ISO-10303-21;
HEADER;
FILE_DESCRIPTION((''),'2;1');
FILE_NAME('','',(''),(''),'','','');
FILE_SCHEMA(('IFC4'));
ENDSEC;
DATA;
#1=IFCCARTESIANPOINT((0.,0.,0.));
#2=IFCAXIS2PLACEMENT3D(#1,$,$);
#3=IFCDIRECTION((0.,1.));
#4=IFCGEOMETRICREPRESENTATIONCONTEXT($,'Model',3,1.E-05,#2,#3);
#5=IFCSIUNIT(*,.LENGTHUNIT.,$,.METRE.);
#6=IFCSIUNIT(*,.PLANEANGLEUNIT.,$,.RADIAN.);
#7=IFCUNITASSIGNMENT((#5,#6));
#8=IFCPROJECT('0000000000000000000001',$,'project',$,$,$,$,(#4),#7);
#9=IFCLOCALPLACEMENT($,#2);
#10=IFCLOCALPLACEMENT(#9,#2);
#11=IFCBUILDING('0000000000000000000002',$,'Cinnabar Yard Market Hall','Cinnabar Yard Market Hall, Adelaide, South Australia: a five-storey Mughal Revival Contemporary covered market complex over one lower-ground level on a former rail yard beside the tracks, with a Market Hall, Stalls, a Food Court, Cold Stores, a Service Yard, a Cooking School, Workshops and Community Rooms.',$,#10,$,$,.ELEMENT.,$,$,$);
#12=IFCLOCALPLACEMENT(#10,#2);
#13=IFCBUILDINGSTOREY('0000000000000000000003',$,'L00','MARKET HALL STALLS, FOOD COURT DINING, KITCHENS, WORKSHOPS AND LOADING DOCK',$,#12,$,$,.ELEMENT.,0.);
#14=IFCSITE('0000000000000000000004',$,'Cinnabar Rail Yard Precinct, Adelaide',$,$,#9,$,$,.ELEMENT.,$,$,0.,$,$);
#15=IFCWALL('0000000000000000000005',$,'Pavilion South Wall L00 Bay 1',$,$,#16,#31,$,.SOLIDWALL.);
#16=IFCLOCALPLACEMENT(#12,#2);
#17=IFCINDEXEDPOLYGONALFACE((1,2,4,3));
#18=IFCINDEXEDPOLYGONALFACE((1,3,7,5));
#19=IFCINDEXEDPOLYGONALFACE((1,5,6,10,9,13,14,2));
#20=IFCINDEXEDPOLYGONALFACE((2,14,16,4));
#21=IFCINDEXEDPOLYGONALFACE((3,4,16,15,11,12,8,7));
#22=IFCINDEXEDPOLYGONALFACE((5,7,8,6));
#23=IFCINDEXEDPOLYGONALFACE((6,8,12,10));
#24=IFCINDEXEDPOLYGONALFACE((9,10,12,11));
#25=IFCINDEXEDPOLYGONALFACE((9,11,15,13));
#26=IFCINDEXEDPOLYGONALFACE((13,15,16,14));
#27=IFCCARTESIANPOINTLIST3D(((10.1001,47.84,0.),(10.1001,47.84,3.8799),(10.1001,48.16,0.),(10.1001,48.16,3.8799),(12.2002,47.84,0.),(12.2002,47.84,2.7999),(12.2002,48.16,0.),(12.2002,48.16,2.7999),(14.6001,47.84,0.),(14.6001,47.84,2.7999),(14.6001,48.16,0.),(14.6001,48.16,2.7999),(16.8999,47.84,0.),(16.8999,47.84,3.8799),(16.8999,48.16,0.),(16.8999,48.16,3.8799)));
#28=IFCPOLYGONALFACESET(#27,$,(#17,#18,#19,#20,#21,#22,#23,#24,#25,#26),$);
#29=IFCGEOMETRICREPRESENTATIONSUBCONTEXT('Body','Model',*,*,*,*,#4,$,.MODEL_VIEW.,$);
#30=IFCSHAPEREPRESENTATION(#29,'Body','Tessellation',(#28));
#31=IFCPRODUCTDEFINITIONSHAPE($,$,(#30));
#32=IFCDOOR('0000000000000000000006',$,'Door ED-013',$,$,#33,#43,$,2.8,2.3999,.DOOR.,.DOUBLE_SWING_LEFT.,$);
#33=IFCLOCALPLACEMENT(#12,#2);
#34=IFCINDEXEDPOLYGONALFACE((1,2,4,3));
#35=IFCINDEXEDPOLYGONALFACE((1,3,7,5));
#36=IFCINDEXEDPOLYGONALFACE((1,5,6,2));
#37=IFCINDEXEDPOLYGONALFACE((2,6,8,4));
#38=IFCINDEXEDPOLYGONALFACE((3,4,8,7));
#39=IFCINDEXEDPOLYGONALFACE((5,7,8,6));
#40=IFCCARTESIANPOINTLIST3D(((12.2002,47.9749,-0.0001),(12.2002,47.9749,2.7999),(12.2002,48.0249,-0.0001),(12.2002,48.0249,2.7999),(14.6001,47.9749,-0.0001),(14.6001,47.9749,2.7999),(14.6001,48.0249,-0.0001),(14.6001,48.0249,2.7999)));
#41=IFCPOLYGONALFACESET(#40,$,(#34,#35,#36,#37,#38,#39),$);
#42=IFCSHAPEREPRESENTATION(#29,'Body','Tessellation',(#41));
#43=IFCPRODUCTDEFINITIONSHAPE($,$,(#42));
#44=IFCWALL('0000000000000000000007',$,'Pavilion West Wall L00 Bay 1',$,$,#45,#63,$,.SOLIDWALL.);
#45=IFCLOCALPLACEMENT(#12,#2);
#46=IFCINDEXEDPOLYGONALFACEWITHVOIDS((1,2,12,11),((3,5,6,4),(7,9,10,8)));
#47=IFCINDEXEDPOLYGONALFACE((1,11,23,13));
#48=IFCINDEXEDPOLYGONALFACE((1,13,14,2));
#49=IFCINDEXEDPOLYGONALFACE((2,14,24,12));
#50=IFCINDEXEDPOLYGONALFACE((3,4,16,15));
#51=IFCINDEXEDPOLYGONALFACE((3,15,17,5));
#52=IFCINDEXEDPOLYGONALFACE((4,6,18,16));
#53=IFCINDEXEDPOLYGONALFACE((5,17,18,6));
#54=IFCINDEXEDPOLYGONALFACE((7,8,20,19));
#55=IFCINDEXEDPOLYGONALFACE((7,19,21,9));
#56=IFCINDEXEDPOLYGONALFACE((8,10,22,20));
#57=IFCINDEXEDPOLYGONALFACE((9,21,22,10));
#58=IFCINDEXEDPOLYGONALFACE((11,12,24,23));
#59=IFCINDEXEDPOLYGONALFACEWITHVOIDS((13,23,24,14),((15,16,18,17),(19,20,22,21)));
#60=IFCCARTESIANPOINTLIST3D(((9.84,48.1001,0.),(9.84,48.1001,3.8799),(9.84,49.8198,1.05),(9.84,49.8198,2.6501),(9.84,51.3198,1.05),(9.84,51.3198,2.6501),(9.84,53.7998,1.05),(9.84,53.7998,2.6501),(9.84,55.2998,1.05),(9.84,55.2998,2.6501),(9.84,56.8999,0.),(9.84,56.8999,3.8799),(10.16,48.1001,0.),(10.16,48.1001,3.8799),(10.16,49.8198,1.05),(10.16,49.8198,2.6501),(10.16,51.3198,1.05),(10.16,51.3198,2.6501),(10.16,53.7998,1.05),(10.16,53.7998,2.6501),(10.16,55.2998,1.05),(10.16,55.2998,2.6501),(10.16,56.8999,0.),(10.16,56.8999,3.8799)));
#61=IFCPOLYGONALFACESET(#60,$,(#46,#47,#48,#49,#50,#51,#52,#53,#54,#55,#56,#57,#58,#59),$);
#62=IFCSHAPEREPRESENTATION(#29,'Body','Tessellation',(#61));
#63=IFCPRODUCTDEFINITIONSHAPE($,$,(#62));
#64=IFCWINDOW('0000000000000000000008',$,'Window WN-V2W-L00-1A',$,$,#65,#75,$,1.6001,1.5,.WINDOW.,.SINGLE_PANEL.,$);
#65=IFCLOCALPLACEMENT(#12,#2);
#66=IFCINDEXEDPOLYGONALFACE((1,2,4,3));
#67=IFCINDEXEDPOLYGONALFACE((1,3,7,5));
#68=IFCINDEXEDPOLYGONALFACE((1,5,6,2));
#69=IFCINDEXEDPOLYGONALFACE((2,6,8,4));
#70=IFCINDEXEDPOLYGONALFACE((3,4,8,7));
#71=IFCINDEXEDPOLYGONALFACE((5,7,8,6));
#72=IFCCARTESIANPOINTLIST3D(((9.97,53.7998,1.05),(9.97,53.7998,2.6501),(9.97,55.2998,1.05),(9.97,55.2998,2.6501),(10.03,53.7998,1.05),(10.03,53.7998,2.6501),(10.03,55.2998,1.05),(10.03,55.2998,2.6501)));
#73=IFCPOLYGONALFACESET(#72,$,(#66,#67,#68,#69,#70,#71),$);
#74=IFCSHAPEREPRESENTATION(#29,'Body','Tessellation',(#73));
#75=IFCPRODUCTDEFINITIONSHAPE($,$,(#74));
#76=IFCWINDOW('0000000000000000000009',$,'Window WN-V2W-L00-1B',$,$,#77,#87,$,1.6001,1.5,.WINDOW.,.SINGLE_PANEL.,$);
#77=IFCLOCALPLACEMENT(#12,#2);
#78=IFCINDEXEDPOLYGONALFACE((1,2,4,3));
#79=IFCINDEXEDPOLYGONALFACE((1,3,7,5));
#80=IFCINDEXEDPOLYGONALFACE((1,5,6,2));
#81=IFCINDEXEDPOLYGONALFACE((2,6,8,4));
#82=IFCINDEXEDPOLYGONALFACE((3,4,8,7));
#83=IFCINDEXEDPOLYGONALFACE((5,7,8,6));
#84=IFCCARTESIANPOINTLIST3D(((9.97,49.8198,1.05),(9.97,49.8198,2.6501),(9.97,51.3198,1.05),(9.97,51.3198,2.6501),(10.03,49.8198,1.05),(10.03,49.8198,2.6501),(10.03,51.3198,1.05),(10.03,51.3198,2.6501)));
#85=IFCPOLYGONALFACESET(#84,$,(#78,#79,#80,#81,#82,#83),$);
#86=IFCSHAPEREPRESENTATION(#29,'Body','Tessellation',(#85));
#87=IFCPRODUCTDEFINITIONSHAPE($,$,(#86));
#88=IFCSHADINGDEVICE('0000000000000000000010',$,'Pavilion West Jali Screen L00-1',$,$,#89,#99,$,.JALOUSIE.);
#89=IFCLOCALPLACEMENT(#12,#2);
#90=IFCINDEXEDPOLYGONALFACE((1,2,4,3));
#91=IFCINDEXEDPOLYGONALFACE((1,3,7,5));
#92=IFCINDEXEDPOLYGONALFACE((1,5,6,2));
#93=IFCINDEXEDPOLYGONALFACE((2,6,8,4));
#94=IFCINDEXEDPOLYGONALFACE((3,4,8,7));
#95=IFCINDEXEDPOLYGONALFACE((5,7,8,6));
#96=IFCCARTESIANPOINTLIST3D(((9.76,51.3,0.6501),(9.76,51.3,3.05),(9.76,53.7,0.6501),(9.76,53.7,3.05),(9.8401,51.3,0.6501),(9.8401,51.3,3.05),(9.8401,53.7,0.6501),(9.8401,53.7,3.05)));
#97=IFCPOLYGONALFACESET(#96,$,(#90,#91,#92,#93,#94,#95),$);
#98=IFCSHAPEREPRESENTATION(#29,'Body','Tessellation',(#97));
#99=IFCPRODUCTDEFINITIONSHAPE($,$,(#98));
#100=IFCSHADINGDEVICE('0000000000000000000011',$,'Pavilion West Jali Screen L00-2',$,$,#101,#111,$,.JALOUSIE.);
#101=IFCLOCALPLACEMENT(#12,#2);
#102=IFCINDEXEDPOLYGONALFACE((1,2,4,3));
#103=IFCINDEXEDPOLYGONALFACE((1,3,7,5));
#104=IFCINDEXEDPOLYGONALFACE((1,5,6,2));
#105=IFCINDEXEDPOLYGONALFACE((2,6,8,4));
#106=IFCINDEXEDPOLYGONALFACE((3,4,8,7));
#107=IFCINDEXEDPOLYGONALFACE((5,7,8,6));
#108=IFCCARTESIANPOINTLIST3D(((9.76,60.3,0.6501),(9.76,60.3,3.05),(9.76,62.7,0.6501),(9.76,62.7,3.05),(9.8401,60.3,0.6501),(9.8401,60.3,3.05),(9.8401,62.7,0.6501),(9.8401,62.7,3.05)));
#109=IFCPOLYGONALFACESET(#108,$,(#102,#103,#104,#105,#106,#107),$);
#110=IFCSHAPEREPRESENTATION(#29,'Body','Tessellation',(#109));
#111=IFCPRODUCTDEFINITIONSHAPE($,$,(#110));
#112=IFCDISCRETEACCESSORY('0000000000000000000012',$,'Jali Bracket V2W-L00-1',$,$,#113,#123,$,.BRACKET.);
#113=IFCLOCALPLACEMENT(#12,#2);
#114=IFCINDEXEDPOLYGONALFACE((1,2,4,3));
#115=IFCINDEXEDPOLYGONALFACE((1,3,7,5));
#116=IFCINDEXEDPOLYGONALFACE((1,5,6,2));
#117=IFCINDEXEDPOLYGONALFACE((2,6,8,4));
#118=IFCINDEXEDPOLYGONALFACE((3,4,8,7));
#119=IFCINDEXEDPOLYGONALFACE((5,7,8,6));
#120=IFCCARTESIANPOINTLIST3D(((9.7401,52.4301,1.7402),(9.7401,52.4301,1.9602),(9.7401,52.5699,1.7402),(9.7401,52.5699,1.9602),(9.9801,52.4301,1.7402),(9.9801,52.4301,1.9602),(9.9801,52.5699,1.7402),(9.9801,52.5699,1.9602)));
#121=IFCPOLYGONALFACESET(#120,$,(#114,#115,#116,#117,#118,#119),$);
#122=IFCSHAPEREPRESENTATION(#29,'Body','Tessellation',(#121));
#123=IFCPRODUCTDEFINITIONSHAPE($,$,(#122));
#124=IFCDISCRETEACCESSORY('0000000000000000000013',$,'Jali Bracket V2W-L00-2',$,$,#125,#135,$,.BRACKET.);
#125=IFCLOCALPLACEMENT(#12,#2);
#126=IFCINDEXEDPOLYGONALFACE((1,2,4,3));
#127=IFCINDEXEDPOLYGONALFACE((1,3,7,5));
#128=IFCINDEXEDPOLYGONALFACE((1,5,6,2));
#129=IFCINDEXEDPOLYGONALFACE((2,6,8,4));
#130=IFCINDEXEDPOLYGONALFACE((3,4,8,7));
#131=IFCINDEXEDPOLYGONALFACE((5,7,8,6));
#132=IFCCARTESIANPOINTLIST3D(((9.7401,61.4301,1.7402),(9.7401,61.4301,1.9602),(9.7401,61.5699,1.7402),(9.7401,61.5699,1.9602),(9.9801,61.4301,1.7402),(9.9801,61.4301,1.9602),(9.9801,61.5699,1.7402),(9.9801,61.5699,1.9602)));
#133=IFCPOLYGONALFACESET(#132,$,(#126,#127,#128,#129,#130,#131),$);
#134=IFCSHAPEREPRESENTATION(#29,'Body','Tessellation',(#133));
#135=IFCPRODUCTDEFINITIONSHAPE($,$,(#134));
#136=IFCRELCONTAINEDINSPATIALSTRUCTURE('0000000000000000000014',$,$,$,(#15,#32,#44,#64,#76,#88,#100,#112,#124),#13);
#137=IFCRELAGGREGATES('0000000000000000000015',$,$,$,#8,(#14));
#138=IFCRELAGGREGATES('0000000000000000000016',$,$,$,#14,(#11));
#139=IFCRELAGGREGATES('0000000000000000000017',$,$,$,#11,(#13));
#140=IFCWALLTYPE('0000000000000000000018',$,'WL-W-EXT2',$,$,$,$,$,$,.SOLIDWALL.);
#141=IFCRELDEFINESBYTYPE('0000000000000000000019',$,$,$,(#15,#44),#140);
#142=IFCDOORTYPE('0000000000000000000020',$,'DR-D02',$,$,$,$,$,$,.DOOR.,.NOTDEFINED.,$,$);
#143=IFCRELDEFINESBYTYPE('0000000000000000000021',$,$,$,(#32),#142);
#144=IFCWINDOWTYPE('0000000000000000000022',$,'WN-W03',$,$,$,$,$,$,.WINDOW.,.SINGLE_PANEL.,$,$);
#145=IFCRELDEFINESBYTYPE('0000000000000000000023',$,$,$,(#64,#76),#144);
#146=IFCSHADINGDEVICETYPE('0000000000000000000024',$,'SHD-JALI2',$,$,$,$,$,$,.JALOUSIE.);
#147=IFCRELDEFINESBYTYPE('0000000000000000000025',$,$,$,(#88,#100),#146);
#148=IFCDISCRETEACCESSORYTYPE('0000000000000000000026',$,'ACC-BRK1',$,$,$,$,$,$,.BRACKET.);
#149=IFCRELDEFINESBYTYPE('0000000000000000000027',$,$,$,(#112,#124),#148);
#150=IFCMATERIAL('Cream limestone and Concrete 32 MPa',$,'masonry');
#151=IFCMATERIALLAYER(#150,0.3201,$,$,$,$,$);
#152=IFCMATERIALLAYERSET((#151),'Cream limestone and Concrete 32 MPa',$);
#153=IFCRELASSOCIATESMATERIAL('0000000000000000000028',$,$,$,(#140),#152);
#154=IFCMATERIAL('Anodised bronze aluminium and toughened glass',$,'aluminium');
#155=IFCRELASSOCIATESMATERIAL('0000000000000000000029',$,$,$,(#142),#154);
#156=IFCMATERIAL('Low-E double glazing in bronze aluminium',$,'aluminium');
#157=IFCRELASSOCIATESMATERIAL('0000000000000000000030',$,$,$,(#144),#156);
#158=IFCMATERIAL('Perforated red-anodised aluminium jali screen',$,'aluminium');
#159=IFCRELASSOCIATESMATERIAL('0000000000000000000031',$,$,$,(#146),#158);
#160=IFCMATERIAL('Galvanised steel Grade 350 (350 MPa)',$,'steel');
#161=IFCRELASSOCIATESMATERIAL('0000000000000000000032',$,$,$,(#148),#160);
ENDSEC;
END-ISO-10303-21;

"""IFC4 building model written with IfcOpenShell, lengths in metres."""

from ifc_helpers import new_model, si_unit, direction, frame, frame_2d, origin, origin_2d_with_axis, place, context, subcontext, project, spatial, rectangle, extrude, material, layer, layer_set, type_object, element, fill, save


model = new_model("IFC4")

# Units and contexts
model_context = context("Model", 3, precision=1e-05, world=origin(), true_north=direction((0.0, 1.0)))
body_context = subcontext(model_context, "Body", "Model", "MODEL_VIEW")
ifc_project = project(units=[si_unit("LENGTHUNIT", "METRE"), si_unit("PLANEANGLEUNIT", "RADIAN")], contexts=[model_context])

# Site, building, storey
site_placement = place(None, origin())
site = spatial("IfcSite", under=ifc_project, at=site_placement, Name="Cinnabar Rail Yard Precinct, Adelaide", CompositionType="ELEMENT", RefElevation=0.0)
building_placement = place(site_placement, origin())
building = spatial("IfcBuilding", under=site, at=building_placement, Name="Cinnabar Yard Market Hall", Description="Cinnabar Yard Market Hall, Adelaide, South Australia: a five-storey Mughal Revival Contemporary covered market complex over one lower-ground level on a former rail yard beside the tracks, with a Market Hall, Stalls, a Food Court, Cold Stores, a Service Yard, a Cooking School, Workshops and Community Rooms.", CompositionType="ELEMENT")
storey_placement = place(building_placement, origin())
storey = spatial("IfcBuildingStorey", under=building, at=storey_placement, Name="L00", Description="MARKET HALL STALLS, FOOD COURT DINING, KITCHENS, WORKSHOPS AND LOADING DOCK", CompositionType="ELEMENT", Elevation=0.0)

# Wall, opening, door
ifc_material_1 = material(Name="Cream limestone and Concrete 32 MPa", Category="masonry")
ifc_layer_1 = layer(ifc_material_1, 0.3201)
ifc_layer_set_1 = layer_set([ifc_layer_1], Name="Cream limestone and Concrete 32 MPa")
wall_type_1 = type_object("IfcWallType", Name="WL-W-EXT2", PredefinedType="SOLIDWALL", material=ifc_layer_set_1)
wall_1_placement = place(storey_placement, frame((10.1001, 48.0, 0.0), z_axis=(0.0, 0.0, 1.0), x_axis=(1.0, 0.0, 0.0)))
wall_1 = element("IfcWall", 1, at=wall_1_placement, inside=storey, type_object=wall_type_1, Name="Pavilion South Wall L00 Bay 1", PredefinedType="SOLIDWALL", context=body_context, shape_type="SweptSolid", body=[
    extrude(rectangle(XDim=6.7998, YDim=0.3201, at=frame_2d((3.3999, 0.0), x_axis=(1.0, 0.0))), origin(), (0.0, 0.0, 1.0), 3.8799),
])
opening_1_placement = place(wall_1_placement, frame((2.1001, 0.0, 0.0)))
opening_1 = element("IfcOpeningElement", 2, at=opening_1_placement, cuts=wall_1, PredefinedType="OPENING", context=body_context, shape_type="SweptSolid", body=[
    extrude(rectangle(XDim=2.3999, YDim=2.8, at=frame_2d((1.2, 1.3999), x_axis=(1.0, 0.0))), frame((0.0, 0.1699, 0.0), z_axis=(0.0, -1.0, 0.0), x_axis=(1.0, 0.0, 0.0)), (0.0, 0.0, 1.0), 0.3401),
])
ifc_material_2 = material(Name="Anodised bronze aluminium and toughened glass", Category="aluminium")
door_type = type_object("IfcDoorType", Name="DR-D02", OperationType="NOTDEFINED", PredefinedType="DOOR", material=ifc_material_2)
door_placement = place(opening_1_placement, origin())
door = element("IfcDoor", 3, at=door_placement, inside=storey, type_object=door_type, Name="Door ED-013", OperationType="DOUBLE_SWING_LEFT", OverallHeight=2.8, OverallWidth=2.3999, PredefinedType="DOOR", context=body_context, shape_type="SweptSolid", body=[
    extrude(rectangle(XDim=2.3999, YDim=2.8, at=frame_2d((1.2, 1.3999), x_axis=(1.0, 0.0))), frame((0.0, 0.0249, 0.0), z_axis=(0.0, -1.0, 0.0), x_axis=(1.0, 0.0, 0.0)), (0.0, 0.0, 1.0), 0.05),
])
fill(opening_1, door)

# Wall, openings, windows
wall_2_placement = place(storey_placement, frame((10.0, 56.8999, 0.0), z_axis=(0.0, 0.0, 1.0), x_axis=(0.0, -1.0, 0.0)))
wall_2 = element("IfcWall", 4, at=wall_2_placement, inside=storey, type_object=wall_type_1, Name="Pavilion West Wall L00 Bay 1", PredefinedType="SOLIDWALL", context=body_context, shape_type="SweptSolid", body=[
    extrude(rectangle(XDim=8.7998, YDim=0.3201, at=frame_2d((4.3999, 0.0), x_axis=(1.0, 0.0))), origin(), (0.0, 0.0, 1.0), 3.8799),
])
opening_2_placement = place(wall_2_placement, frame((1.6001, 0.0, 1.05)))
opening_2 = element("IfcOpeningElement", 5, at=opening_2_placement, cuts=wall_2, PredefinedType="OPENING", context=body_context, shape_type="SweptSolid", body=[
    extrude(rectangle(XDim=1.5, YDim=1.6001, at=frame_2d((0.75, 0.8), x_axis=(1.0, 0.0))), frame((0.0, 0.1699, 0.0), z_axis=(0.0, -1.0, 0.0), x_axis=(1.0, 0.0, 0.0)), (0.0, 0.0, 1.0), 0.3401),
])
opening_3_placement = place(wall_2_placement, frame((5.5801, 0.0, 1.05)))
opening_3 = element("IfcOpeningElement", 6, at=opening_3_placement, cuts=wall_2, PredefinedType="OPENING", context=body_context, shape_type="SweptSolid", body=[
    extrude(rectangle(XDim=1.5, YDim=1.6001, at=frame_2d((0.75, 0.8), x_axis=(1.0, 0.0))), frame((0.0, 0.1699, 0.0), z_axis=(0.0, -1.0, 0.0), x_axis=(1.0, 0.0, 0.0)), (0.0, 0.0, 1.0), 0.3401),
])
ifc_material_3 = material(Name="Low-E double glazing in bronze aluminium", Category="aluminium")
window_type = type_object("IfcWindowType", Name="WN-W03", PartitioningType="SINGLE_PANEL", PredefinedType="WINDOW", material=ifc_material_3)
window_1_placement = place(opening_2_placement, origin())
window_1 = element("IfcWindow", 7, at=window_1_placement, inside=storey, type_object=window_type, Name="Window WN-V2W-L00-1A", OverallHeight=1.6001, OverallWidth=1.5, PartitioningType="SINGLE_PANEL", PredefinedType="WINDOW", context=body_context, shape_type="SweptSolid", body=[
    extrude(rectangle(XDim=1.5, YDim=1.6001, at=frame_2d((0.75, 0.8), x_axis=(1.0, 0.0))), frame((0.0, 0.03, 0.0), z_axis=(0.0, -1.0, 0.0), x_axis=(1.0, 0.0, 0.0)), (0.0, 0.0, 1.0), 0.0601),
])
fill(opening_2, window_1)
window_2_placement = place(opening_3_placement, origin())
window_2 = element("IfcWindow", 8, at=window_2_placement, inside=storey, type_object=window_type, Name="Window WN-V2W-L00-1B", OverallHeight=1.6001, OverallWidth=1.5, PartitioningType="SINGLE_PANEL", PredefinedType="WINDOW", context=body_context, shape_type="SweptSolid", body=[
    extrude(rectangle(XDim=1.5, YDim=1.6001, at=frame_2d((0.75, 0.8), x_axis=(1.0, 0.0))), frame((0.0, 0.03, 0.0), z_axis=(0.0, -1.0, 0.0), x_axis=(1.0, 0.0, 0.0)), (0.0, 0.0, 1.0), 0.0601),
])
fill(opening_3, window_2)

# Shading devices
ifc_material_4 = material(Name="Perforated red-anodised aluminium jali screen", Category="aluminium")
shading_device_type = type_object("IfcShadingDeviceType", Name="SHD-JALI2", PredefinedType="JALOUSIE", material=ifc_material_4)
for number, where, z_axis, x_axis, name in (
    (9, (9.8, 52.5, 0.6501), (0.0, 0.0, 1.0), (1.0, 0.0, 0.0), "Pavilion West Jali Screen L00-1"),
    (10, (9.8, 61.5, 0.6501), (0.0, 0.0, 1.0), (1.0, 0.0, 0.0), "Pavilion West Jali Screen L00-2"),
):
    element("IfcShadingDevice", number, at=place(storey_placement, frame(where, z_axis=z_axis, x_axis=x_axis)), inside=storey, type_object=shading_device_type, Name=name, PredefinedType="JALOUSIE", context=body_context, shape_type="SweptSolid", body=[
        extrude(rectangle(XDim=0.0801, YDim=2.3999, at=origin_2d_with_axis()), origin(), (0.0, 0.0, 1.0), 2.3999),
    ])

# Discrete accessories
ifc_material_5 = material(Name="Galvanised steel Grade 350 (350 MPa)", Category="steel")
discrete_accessory_type = type_object("IfcDiscreteAccessoryType", Name="ACC-BRK1", PredefinedType="BRACKET", material=ifc_material_5)
for number, where, z_axis, x_axis, name in (
    (11, (9.8601, 52.5, 1.7402), (0.0, 0.0, 1.0), (1.0, 0.0, 0.0), "Jali Bracket V2W-L00-1"),
    (12, (9.8601, 61.5, 1.7402), (0.0, 0.0, 1.0), (1.0, 0.0, 0.0), "Jali Bracket V2W-L00-2"),
):
    element("IfcDiscreteAccessory", number, at=place(storey_placement, frame(where, z_axis=z_axis, x_axis=x_axis)), inside=storey, type_object=discrete_accessory_type, Name=name, PredefinedType="BRACKET", context=body_context, shape_type="SweptSolid", body=[
        extrude(rectangle(XDim=0.24, YDim=0.1399, at=origin_2d_with_axis()), origin(), (0.0, 0.0, 1.0), 0.22),
    ])

save(model, "model.ifc")
